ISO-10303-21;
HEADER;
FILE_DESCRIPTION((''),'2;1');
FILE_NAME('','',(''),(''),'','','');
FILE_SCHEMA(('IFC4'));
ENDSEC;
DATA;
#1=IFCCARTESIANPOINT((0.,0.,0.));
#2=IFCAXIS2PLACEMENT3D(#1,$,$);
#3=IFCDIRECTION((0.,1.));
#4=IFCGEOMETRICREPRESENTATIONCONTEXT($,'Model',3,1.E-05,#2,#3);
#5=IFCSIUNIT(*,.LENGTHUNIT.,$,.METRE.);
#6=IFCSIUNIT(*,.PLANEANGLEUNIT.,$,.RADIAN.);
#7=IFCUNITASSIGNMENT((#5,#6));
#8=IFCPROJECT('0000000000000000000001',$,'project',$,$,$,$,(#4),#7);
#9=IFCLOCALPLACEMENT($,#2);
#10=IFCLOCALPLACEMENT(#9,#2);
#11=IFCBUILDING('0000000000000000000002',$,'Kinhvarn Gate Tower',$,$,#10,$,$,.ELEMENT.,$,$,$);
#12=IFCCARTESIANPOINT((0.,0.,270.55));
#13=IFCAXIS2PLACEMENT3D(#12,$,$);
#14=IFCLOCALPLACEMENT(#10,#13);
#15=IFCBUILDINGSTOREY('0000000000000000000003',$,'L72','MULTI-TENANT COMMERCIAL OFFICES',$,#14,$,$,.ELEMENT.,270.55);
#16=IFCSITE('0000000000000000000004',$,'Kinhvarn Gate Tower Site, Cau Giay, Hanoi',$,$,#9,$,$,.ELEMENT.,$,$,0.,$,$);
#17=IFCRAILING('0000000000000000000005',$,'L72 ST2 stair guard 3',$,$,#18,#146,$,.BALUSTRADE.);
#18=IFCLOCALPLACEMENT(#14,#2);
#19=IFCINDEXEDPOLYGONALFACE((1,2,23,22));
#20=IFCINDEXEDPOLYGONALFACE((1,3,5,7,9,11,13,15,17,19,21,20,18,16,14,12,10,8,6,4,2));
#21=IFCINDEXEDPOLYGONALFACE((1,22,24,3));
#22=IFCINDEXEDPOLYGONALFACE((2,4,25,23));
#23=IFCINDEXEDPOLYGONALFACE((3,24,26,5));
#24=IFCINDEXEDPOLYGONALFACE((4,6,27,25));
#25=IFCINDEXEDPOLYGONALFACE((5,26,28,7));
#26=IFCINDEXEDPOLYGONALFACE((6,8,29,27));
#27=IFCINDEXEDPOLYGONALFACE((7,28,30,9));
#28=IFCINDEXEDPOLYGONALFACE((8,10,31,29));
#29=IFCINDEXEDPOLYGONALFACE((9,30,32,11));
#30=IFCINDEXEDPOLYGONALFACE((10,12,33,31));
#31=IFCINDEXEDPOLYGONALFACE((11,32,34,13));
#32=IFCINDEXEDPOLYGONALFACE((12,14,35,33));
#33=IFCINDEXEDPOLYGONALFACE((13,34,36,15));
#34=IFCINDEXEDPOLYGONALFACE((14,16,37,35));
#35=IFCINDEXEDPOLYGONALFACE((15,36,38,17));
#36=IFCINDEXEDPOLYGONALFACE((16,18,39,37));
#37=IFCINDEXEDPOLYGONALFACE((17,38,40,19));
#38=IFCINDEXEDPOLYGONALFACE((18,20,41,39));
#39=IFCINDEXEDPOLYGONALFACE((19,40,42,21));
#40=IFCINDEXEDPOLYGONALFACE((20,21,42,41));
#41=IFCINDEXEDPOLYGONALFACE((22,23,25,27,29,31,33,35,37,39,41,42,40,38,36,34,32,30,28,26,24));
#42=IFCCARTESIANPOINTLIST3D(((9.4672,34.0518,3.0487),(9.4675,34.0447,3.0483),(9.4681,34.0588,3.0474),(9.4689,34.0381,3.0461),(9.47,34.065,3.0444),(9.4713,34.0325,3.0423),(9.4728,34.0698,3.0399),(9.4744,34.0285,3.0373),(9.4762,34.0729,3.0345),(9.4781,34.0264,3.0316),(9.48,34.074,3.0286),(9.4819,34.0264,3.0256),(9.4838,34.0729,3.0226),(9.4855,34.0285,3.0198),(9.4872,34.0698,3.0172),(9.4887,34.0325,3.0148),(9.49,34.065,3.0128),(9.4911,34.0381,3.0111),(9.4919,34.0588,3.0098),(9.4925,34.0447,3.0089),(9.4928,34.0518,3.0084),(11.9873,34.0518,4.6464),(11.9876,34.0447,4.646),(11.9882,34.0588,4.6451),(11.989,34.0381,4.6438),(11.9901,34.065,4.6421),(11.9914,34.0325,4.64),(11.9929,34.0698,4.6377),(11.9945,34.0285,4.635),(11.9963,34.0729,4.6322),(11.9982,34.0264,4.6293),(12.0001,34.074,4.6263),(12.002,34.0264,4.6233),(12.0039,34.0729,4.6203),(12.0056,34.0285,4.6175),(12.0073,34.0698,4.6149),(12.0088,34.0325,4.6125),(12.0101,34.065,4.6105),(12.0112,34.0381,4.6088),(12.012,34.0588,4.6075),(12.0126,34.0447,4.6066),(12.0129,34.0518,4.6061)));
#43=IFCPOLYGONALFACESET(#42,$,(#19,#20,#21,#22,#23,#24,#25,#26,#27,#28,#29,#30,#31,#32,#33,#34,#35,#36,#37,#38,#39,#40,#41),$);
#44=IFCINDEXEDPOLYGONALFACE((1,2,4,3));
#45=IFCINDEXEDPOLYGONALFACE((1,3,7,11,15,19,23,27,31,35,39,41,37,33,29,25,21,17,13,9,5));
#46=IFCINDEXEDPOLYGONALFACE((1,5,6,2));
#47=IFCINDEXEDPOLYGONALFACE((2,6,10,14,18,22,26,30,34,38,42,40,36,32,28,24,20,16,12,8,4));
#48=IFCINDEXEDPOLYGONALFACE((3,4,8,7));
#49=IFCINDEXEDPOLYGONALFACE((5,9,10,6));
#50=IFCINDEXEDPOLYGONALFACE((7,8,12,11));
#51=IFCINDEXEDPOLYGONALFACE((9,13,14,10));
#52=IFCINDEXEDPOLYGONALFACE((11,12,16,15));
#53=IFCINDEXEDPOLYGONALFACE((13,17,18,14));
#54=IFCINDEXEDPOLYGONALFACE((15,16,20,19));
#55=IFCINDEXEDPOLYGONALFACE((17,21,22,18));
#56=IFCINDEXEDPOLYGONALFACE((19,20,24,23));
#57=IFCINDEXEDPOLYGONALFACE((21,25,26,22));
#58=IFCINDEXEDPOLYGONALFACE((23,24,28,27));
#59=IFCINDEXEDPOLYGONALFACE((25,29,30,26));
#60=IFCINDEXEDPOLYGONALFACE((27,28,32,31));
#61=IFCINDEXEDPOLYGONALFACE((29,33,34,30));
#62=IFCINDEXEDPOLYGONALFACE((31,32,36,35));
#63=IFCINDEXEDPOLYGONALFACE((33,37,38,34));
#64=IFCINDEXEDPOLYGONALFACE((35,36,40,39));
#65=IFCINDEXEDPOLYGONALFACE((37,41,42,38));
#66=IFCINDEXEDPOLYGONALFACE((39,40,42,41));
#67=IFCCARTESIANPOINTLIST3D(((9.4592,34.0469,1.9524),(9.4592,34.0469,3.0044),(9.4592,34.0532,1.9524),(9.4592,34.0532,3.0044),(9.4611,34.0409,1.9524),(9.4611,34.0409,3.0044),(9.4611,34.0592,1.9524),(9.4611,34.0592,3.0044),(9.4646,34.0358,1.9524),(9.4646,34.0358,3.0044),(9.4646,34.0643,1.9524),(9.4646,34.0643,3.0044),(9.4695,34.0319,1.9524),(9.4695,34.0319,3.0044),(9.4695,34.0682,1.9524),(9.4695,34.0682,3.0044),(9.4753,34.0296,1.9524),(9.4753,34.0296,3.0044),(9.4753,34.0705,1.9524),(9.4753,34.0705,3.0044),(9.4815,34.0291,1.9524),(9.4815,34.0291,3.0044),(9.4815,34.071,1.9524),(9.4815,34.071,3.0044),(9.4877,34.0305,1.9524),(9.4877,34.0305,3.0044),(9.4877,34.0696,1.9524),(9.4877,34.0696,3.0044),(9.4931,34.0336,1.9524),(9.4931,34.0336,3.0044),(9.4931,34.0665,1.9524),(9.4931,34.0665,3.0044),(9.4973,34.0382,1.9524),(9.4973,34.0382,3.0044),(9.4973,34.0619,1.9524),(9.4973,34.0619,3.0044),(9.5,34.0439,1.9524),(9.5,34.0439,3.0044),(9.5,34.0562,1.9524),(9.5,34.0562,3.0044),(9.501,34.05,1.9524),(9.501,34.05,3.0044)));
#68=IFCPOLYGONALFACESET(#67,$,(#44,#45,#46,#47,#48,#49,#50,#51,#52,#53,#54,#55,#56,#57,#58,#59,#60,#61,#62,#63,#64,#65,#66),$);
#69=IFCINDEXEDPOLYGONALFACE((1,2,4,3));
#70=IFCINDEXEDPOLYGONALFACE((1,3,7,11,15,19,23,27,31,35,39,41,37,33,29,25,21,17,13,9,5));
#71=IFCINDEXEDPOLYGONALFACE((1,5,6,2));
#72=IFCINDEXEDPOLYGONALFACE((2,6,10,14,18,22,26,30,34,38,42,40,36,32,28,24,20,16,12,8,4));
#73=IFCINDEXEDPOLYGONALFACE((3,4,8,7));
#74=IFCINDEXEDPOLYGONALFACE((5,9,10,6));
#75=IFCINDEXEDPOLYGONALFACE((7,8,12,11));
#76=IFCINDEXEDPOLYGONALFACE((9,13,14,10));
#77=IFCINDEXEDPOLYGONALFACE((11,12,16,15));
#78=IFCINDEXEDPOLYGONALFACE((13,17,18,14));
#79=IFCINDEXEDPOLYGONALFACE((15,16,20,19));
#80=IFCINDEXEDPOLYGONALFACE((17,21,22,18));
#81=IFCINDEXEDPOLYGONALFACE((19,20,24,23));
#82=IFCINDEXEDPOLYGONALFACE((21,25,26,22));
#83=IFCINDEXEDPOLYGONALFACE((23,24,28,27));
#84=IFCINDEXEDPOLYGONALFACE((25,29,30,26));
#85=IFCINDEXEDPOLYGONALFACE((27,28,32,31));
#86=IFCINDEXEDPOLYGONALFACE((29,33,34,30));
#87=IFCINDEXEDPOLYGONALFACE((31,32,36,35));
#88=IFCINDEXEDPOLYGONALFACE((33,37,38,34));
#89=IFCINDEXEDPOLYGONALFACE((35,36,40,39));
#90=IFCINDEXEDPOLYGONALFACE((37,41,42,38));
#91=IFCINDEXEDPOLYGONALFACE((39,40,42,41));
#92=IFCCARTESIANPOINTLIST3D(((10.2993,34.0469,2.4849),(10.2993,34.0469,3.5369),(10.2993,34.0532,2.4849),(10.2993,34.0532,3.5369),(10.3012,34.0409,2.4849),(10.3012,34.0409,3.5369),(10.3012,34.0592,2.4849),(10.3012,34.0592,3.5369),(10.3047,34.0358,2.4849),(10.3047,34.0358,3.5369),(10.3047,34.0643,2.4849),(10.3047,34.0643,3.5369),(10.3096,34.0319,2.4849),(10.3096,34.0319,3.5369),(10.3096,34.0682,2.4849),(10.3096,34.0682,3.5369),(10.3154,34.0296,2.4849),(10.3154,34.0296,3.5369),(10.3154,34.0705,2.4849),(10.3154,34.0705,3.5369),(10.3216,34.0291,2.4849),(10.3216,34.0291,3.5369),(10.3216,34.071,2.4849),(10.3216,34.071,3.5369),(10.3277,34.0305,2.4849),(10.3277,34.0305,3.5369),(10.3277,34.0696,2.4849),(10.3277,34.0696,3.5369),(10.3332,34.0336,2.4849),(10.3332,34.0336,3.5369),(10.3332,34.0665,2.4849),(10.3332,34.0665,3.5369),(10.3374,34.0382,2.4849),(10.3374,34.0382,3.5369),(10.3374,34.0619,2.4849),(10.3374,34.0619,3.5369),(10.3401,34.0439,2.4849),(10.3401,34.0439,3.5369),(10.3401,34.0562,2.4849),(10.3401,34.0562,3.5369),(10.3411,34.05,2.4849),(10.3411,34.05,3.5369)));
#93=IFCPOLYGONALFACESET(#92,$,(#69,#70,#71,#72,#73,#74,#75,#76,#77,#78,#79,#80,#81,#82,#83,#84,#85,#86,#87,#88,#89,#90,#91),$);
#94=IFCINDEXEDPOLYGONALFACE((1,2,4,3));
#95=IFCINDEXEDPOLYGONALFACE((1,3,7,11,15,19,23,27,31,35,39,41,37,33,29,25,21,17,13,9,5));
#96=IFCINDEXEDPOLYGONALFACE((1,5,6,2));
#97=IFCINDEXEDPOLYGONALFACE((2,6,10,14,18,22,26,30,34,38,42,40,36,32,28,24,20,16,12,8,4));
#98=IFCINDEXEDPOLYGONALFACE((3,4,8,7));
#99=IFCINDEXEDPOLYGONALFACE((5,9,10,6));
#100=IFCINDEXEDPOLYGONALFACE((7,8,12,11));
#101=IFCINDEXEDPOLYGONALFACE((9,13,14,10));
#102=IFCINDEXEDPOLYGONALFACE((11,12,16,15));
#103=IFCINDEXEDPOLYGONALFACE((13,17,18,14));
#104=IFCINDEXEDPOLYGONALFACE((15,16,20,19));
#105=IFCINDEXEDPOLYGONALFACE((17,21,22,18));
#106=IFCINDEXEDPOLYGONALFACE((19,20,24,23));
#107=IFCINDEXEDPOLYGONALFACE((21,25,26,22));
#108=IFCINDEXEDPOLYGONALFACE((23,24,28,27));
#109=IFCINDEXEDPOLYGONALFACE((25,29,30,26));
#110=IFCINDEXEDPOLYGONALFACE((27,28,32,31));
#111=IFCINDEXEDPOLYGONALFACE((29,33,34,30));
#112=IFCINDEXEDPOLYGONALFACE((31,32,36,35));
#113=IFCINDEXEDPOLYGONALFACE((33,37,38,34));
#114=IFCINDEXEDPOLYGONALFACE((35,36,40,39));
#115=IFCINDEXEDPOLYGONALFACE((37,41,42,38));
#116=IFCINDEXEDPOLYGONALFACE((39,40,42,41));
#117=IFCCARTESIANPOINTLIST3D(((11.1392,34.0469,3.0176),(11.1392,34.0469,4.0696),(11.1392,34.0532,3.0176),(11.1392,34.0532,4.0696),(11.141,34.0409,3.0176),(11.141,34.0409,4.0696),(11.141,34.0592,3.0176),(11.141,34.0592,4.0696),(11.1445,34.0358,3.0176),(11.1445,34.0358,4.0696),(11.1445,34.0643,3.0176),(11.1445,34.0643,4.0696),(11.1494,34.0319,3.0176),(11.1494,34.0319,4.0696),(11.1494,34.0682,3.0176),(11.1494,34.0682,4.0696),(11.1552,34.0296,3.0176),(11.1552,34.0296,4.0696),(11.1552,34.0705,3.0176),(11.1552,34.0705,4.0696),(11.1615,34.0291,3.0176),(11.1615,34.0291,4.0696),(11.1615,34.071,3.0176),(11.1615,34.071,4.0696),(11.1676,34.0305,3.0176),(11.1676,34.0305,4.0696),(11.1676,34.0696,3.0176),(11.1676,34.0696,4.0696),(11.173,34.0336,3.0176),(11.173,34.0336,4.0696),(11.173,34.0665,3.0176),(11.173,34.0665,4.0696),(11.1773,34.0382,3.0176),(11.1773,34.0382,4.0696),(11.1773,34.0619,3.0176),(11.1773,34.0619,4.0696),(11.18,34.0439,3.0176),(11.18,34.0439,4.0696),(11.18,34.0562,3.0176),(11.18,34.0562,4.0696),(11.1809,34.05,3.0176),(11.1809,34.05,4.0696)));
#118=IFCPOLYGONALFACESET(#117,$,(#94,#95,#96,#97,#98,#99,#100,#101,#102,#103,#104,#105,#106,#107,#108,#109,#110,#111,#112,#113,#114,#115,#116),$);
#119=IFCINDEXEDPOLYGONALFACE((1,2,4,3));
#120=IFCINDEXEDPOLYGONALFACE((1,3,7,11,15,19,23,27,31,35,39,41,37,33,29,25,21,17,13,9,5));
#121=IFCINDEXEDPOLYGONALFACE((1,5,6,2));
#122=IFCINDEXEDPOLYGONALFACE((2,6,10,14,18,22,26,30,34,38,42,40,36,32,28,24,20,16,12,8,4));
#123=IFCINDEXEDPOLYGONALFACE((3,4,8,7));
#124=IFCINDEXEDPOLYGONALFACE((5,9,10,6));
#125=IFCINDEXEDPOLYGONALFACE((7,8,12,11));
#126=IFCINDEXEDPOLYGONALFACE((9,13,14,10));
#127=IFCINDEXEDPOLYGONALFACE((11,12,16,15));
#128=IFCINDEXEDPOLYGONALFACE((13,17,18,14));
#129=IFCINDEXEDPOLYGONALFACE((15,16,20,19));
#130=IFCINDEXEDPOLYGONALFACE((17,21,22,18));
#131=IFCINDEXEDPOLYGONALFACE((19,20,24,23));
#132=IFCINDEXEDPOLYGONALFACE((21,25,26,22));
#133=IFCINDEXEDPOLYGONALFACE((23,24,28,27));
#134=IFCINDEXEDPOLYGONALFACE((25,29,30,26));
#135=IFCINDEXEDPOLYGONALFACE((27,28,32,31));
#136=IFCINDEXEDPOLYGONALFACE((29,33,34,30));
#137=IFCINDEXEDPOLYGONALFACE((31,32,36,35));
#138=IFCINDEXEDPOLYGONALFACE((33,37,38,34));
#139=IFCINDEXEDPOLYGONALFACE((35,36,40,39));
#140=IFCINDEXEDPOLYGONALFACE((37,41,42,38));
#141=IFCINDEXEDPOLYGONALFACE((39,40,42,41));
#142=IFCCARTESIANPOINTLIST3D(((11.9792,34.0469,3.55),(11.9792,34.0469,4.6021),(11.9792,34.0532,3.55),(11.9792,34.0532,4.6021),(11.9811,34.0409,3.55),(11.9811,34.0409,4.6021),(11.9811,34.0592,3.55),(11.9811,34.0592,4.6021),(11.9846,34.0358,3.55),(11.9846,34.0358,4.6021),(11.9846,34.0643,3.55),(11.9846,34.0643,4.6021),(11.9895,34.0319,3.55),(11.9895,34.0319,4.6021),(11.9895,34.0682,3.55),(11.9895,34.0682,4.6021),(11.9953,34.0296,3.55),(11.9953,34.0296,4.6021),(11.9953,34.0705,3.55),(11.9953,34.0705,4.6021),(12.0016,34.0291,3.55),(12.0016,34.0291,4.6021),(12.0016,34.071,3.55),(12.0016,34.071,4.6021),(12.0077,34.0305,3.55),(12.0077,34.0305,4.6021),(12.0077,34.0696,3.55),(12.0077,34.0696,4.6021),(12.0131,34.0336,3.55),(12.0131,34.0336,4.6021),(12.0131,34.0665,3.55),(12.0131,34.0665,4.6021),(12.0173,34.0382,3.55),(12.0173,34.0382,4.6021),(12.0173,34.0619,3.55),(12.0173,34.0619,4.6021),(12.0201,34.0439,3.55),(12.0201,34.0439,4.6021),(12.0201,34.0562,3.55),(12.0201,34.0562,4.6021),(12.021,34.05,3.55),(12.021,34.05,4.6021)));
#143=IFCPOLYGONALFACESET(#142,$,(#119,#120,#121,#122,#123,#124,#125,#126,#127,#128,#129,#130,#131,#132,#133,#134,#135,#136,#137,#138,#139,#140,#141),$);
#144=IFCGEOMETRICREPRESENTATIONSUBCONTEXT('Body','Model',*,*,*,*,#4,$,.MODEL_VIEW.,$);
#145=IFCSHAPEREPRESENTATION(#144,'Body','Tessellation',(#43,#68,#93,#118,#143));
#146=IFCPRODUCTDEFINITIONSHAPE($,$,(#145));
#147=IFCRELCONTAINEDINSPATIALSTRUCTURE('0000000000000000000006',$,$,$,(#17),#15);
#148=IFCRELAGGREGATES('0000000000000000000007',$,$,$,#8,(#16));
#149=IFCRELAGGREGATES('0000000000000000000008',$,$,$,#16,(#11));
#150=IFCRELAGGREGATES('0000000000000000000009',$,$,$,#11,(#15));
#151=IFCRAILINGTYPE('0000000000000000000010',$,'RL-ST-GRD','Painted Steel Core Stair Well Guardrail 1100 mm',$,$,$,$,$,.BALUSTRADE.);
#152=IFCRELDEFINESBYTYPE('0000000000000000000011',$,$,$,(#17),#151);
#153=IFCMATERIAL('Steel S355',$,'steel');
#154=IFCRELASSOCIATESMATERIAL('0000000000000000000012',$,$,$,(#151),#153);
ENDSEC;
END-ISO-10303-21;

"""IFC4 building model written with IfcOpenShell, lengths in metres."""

from ifc_helpers import new_model, si_unit, direction, frame, origin, origin_2d, place, context, subcontext, project, spatial, circle, extrude, material, type_object, element, save


model = new_model("IFC4")

# Units and contexts
model_context = context("Model", 3, precision=1e-05, world=origin(), true_north=direction((0.0, 1.0)))
body_context = subcontext(model_context, "Body", "Model", "MODEL_VIEW")
ifc_project = project(units=[si_unit("LENGTHUNIT", "METRE"), si_unit("PLANEANGLEUNIT", "RADIAN")], contexts=[model_context])

# Site, building, storey
site_placement = place(None, origin())
site = spatial("IfcSite", under=ifc_project, at=site_placement, Name="Kinhvarn Gate Tower Site, Cau Giay, Hanoi", CompositionType="ELEMENT", RefElevation=0.0)
building_placement = place(site_placement, origin())
building = spatial("IfcBuilding", under=site, at=building_placement, Name="Kinhvarn Gate Tower", CompositionType="ELEMENT")
storey_placement = place(building_placement, frame((0.0, 0.0, 270.55)))
storey = spatial("IfcBuildingStorey", under=building, at=storey_placement, Name="L72", Description="MULTI-TENANT COMMERCIAL OFFICES", CompositionType="ELEMENT", Elevation=270.55)

# Railing
ifc_material_1 = material(Name="Steel S355", Category="steel")
railing_type_1 = type_object("IfcRailingType", Name="RL-ST-GRD", Description="Painted Steel Core Stair Well Guardrail 1100 mm", PredefinedType="BALUSTRADE", material=ifc_material_1)
railing_1_placement = place(storey_placement, frame((9.48, 34.05, 1.9524)))
element("IfcRailing", 1, at=railing_1_placement, inside=storey, type_object=railing_type_1, Name="L72 ST2 stair guard 3", PredefinedType="BALUSTRADE", context=body_context, shape_type="SweptSolid", body=[
    extrude(circle(Radius=0.0239, at=origin_2d()), frame((0.0, 0.0, 1.0762), z_axis=(0.84457, 0.0, 0.535445), x_axis=(0.0, 1.0, 0.0)), (0.0, 0.0, 1.0), 2.9839),
    extrude(circle(Radius=0.021, at=origin_2d()), origin(), (0.0, 0.0, 1.0), 1.052),
    extrude(circle(Radius=0.021, at=origin_2d()), frame((0.8401, 0.0, 0.5325)), (0.0, 0.0, 1.0), 1.052),
    extrude(circle(Radius=0.021, at=origin_2d()), frame((1.6799, 0.0, 1.0652)), (0.0, 0.0, 1.0), 1.052),
    extrude(circle(Radius=0.021, at=origin_2d()), frame((2.52, 0.0, 1.5977)), (0.0, 0.0, 1.0), 1.052),
])

save(model, "model.ifc")
